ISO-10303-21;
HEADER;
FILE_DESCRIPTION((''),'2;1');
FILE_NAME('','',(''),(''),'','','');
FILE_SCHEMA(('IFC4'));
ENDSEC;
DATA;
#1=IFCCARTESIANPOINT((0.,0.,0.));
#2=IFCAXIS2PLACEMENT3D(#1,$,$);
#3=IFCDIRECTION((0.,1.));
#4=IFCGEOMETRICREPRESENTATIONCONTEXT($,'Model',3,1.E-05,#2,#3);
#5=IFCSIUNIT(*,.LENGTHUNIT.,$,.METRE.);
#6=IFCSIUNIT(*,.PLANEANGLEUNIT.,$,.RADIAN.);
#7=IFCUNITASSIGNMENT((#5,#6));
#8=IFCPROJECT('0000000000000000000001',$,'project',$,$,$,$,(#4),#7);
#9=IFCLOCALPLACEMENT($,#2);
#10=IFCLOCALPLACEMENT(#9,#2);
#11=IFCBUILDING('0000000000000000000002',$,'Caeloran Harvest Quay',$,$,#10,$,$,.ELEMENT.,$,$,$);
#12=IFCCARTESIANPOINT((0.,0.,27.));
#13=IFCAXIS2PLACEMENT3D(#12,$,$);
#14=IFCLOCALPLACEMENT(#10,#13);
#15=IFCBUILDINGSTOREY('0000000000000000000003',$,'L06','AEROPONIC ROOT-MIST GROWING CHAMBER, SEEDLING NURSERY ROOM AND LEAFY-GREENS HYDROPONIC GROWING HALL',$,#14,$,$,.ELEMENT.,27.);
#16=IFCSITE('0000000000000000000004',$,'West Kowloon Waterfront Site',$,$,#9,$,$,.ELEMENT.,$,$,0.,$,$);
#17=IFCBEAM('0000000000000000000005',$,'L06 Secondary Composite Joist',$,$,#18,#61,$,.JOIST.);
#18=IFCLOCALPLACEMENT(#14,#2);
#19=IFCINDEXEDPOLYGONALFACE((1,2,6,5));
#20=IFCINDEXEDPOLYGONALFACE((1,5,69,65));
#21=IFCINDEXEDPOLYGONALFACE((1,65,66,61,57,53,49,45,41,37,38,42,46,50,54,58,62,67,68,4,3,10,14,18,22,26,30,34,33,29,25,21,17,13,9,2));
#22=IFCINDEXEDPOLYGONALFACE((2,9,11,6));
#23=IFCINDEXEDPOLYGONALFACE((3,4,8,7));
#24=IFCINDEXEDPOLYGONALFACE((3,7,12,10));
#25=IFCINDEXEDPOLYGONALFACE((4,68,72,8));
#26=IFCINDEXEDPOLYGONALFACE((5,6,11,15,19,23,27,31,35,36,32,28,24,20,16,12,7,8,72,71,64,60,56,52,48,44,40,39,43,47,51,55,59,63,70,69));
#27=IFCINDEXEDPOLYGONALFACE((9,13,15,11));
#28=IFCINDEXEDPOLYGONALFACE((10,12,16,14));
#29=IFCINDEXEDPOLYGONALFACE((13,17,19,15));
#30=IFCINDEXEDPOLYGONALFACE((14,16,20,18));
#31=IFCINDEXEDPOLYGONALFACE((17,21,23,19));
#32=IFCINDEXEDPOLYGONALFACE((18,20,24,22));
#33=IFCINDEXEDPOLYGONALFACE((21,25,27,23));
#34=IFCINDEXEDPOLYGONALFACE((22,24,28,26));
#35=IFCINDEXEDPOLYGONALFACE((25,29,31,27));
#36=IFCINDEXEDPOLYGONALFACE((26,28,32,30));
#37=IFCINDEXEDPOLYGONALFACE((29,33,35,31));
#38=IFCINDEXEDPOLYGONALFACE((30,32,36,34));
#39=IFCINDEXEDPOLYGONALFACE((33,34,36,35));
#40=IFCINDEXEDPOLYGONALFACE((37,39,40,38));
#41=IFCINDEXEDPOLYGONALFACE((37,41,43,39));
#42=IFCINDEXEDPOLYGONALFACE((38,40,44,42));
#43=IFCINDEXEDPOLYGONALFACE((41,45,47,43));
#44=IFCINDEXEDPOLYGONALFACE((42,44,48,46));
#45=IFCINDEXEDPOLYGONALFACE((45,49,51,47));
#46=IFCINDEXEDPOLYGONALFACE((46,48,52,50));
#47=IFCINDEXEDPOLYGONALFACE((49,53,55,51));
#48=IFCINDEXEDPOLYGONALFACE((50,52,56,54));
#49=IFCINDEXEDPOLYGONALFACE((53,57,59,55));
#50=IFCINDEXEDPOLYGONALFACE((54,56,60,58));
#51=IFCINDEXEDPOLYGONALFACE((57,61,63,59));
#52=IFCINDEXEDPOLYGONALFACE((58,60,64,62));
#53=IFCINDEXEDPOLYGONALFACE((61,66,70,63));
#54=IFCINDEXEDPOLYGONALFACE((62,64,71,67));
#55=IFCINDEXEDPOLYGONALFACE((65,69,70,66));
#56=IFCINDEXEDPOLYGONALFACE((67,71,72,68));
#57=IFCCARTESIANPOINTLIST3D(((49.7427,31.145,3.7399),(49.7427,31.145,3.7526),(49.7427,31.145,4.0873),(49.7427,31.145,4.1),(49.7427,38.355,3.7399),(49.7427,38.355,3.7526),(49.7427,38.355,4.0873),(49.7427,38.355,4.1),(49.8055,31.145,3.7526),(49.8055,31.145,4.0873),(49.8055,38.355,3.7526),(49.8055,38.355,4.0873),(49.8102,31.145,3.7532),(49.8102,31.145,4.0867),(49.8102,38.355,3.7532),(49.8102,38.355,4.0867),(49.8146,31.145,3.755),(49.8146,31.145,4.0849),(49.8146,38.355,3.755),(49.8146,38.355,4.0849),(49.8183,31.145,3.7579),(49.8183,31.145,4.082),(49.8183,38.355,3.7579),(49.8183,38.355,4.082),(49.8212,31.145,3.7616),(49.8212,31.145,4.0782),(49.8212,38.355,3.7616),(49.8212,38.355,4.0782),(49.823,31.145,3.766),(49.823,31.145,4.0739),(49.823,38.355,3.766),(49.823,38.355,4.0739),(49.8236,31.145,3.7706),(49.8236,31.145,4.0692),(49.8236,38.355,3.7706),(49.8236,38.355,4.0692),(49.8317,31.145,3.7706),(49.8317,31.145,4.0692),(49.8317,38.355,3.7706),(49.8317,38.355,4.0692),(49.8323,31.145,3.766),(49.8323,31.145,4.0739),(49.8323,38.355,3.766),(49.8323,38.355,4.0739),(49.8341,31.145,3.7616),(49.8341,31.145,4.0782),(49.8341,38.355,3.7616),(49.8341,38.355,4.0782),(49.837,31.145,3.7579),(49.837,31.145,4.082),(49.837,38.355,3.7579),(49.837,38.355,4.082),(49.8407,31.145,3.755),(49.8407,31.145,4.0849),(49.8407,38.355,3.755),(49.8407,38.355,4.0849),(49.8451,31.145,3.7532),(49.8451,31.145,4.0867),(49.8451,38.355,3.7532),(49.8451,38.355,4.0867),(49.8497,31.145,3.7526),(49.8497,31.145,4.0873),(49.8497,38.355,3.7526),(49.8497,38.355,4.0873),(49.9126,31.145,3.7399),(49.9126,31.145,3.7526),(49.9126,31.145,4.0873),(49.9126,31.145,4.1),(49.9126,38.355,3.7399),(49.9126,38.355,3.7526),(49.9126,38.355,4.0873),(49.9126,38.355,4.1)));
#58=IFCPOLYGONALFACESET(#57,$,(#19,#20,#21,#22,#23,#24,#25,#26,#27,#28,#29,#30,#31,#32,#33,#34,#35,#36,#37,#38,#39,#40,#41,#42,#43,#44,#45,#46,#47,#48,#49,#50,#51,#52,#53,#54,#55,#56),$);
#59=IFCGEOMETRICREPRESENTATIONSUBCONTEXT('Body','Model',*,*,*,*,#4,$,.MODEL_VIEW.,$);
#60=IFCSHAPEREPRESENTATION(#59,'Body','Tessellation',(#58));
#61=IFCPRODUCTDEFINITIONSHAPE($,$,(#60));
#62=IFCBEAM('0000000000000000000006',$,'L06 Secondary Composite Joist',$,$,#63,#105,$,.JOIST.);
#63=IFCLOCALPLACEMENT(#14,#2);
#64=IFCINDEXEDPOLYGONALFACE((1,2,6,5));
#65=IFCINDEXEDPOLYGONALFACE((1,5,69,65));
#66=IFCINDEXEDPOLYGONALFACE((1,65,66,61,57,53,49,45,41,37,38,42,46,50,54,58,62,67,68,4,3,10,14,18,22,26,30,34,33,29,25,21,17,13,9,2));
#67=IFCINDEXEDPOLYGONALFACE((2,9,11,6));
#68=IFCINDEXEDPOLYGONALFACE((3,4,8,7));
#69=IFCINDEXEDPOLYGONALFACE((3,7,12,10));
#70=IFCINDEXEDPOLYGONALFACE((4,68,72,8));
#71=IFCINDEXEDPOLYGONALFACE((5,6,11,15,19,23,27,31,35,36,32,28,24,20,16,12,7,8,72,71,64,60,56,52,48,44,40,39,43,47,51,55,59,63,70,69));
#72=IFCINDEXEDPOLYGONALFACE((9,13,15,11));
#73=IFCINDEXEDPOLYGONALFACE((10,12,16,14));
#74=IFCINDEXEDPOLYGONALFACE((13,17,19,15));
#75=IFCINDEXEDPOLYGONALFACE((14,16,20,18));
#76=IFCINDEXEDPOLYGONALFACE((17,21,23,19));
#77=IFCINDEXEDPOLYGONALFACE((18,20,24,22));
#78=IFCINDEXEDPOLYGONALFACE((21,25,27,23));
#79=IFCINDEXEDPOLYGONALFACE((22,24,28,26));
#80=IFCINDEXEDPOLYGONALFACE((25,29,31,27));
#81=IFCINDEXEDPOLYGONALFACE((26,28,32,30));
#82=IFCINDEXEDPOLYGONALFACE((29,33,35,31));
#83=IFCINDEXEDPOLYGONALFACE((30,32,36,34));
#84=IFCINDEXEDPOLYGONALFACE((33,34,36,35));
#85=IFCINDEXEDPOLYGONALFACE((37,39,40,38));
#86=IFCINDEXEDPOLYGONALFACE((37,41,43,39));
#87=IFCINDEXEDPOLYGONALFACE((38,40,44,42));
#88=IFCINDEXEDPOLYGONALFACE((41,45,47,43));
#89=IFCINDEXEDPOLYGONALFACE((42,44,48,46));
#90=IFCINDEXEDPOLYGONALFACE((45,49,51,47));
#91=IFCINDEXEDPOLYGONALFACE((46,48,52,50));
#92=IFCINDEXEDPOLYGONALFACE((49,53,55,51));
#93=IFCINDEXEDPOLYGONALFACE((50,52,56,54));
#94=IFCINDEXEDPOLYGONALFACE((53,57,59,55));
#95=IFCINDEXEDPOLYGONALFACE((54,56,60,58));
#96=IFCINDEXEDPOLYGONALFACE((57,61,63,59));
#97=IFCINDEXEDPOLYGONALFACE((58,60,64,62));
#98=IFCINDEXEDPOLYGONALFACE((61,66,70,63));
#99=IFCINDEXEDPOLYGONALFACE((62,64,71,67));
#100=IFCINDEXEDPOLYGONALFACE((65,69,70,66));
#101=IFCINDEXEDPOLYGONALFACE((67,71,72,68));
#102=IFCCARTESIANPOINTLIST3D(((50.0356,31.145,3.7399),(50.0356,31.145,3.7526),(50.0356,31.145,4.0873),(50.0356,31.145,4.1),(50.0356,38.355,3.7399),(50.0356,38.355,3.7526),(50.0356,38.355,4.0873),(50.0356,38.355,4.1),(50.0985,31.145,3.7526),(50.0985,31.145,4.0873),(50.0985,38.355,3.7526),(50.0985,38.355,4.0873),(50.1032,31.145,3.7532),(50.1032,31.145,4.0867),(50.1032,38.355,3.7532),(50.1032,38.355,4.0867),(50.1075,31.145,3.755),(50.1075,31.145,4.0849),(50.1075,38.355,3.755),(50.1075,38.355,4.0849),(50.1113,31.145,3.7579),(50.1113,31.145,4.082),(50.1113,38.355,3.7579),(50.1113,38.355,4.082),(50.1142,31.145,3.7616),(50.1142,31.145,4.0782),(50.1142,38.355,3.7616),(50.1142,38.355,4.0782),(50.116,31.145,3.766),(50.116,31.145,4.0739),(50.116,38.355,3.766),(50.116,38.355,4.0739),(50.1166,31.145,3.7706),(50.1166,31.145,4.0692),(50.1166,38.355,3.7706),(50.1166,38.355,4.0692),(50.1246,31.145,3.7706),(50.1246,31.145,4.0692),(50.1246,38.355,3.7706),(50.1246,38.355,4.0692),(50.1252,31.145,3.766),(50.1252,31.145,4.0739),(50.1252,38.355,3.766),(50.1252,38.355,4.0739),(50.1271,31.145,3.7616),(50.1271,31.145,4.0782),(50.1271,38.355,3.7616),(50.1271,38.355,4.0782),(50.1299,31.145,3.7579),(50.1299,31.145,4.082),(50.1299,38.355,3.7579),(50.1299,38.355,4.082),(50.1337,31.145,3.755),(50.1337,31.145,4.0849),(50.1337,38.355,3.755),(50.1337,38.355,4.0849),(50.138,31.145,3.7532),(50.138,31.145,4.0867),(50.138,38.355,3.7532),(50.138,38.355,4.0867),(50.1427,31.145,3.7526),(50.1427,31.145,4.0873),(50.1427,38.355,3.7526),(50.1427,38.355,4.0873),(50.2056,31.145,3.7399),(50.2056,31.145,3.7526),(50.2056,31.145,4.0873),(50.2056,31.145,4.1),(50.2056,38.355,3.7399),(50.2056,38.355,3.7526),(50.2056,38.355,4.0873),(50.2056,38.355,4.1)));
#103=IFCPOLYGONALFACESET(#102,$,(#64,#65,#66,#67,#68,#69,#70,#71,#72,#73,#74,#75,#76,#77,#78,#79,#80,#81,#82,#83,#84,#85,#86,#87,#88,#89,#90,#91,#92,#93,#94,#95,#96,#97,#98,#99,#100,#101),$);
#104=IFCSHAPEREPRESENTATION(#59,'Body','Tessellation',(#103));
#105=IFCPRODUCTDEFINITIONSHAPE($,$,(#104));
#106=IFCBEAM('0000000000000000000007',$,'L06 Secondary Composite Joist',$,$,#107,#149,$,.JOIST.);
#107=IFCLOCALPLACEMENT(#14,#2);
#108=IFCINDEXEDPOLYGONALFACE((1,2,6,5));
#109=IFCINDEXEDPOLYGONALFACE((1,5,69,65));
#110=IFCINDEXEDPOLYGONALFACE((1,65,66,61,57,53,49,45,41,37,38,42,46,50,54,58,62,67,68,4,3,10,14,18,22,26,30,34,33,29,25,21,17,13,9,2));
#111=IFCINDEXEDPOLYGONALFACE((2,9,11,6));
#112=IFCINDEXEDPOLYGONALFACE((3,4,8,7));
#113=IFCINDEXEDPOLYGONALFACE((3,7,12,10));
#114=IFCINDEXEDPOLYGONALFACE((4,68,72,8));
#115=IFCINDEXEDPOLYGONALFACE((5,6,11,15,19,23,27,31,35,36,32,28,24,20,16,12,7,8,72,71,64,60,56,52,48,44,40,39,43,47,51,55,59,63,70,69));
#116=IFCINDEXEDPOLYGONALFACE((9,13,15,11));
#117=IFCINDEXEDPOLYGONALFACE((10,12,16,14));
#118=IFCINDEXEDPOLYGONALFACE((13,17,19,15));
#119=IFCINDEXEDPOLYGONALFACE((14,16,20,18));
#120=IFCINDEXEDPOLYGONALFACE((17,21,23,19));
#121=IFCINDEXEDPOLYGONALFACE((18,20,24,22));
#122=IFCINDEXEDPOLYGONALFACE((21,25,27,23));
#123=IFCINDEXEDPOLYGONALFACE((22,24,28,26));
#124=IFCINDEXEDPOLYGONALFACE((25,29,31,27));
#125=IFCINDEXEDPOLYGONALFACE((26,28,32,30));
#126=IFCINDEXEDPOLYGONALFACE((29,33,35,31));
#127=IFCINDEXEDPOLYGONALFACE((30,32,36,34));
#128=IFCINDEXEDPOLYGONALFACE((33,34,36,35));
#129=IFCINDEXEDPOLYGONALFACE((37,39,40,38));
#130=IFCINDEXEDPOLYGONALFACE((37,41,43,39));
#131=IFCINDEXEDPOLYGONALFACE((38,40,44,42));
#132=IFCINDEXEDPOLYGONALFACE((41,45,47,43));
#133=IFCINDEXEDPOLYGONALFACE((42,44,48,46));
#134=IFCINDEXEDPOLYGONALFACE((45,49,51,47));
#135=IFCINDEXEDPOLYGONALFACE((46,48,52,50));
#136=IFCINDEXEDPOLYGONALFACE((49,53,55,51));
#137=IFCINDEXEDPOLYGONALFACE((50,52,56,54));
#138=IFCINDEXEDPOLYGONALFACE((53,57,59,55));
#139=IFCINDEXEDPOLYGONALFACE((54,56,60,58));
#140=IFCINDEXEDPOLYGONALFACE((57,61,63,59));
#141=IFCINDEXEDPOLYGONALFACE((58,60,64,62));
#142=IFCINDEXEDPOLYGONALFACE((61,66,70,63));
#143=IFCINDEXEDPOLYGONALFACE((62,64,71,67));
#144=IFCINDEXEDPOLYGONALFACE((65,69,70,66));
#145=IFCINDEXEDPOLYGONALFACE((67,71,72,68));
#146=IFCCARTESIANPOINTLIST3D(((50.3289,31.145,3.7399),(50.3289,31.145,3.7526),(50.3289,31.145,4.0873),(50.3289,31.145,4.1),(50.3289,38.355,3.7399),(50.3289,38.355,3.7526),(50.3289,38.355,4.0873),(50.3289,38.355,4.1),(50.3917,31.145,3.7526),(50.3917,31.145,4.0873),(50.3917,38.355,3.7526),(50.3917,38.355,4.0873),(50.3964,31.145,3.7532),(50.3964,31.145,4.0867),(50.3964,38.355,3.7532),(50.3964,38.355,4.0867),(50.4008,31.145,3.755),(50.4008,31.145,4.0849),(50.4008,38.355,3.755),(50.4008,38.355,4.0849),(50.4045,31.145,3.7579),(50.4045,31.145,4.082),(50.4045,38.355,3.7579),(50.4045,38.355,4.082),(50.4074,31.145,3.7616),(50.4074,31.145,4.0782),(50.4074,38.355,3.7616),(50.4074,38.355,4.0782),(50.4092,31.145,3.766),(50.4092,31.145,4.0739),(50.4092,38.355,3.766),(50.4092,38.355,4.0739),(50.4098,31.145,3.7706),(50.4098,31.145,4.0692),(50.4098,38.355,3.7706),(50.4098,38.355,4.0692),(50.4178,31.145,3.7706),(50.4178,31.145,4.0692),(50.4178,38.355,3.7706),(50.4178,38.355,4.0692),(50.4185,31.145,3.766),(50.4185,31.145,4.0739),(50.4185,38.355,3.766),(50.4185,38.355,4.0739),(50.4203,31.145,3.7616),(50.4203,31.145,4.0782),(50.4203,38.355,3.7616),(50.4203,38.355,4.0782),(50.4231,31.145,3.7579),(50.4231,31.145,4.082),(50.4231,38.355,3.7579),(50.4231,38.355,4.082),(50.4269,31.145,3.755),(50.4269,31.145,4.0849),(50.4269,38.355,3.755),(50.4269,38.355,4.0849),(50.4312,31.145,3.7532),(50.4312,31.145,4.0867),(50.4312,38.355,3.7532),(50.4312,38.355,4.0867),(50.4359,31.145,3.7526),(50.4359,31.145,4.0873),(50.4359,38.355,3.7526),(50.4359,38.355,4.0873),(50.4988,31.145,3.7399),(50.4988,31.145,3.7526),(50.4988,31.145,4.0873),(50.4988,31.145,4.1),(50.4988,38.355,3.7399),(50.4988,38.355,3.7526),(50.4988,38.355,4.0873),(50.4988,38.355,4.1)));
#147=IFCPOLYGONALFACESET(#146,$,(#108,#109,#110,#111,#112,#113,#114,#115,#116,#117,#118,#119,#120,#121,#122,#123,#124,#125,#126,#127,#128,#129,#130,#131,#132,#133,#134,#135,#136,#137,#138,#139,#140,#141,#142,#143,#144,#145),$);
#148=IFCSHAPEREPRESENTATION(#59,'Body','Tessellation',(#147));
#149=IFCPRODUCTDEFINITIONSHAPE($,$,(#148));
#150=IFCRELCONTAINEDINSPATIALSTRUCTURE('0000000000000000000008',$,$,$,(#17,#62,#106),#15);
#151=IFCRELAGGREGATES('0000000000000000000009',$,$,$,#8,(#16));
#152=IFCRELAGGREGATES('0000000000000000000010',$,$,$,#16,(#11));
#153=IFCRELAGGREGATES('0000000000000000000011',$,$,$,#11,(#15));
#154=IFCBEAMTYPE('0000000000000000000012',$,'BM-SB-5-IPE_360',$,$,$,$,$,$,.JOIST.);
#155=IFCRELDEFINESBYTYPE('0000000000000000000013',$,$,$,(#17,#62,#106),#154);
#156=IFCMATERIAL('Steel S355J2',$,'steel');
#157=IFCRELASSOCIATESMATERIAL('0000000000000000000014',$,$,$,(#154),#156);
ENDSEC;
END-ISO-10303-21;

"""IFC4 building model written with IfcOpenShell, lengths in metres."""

from ifc_helpers import new_model, si_unit, direction, frame, origin, origin_2d, place, context, subcontext, project, spatial, i_section, extrude, material, material_profile, profile_set, type_object, element, save


model = new_model("IFC4")

# Units and contexts
model_context = context("Model", 3, precision=1e-05, world=origin(), true_north=direction((0.0, 1.0)))
body_context = subcontext(model_context, "Body", "Model", "MODEL_VIEW")
ifc_project = project(units=[si_unit("LENGTHUNIT", "METRE"), si_unit("PLANEANGLEUNIT", "RADIAN")], contexts=[model_context])

# Site, building, storey
site_placement = place(None, origin())
site = spatial("IfcSite", under=ifc_project, at=site_placement, Name="West Kowloon Waterfront Site", CompositionType="ELEMENT", RefElevation=0.0)
building_placement = place(site_placement, origin())
building = spatial("IfcBuilding", under=site, at=building_placement, Name="Caeloran Harvest Quay", CompositionType="ELEMENT")
storey_placement = place(building_placement, frame((0.0, 0.0, 27.0)))
storey = spatial("IfcBuildingStorey", under=building, at=storey_placement, Name="L06", Description="AEROPONIC ROOT-MIST GROWING CHAMBER, SEEDLING NURSERY ROOM AND LEAFY-GREENS HYDROPONIC GROWING HALL", CompositionType="ELEMENT", Elevation=27.0)

# Beams
ifc_material_1 = material(Name="Steel S355J2", Category="steel")
ifc_material_profile_1 = material_profile(ifc_material_1, i_section(OverallWidth=0.1699, OverallDepth=0.3601, WebThickness=0.0081, FlangeThickness=0.0127, FilletRadius=0.0181, at=origin_2d()), Name="IPE 360")
ifc_profile_set_1 = profile_set([ifc_material_profile_1], Name="Steel S355J2")
beam_type_1 = type_object("IfcBeamType", Name="BM-SB-5-IPE_360", PredefinedType="JOIST", material=ifc_profile_set_1)
for number, where, z_axis, x_axis, name in (
    (1, (49.8276, 31.145, 3.9199), (0.0, 1.0, 0.0), (-1.0, 0.0, 0.0), "L06 Secondary Composite Joist"),
    (2, (50.1206, 31.145, 3.9199), (0.0, 1.0, 0.0), (-1.0, 0.0, 0.0), "L06 Secondary Composite Joist"),
    (3, (50.4138, 31.145, 3.9199), (0.0, 1.0, 0.0), (-1.0, 0.0, 0.0), "L06 Secondary Composite Joist"),
):
    element("IfcBeam", number, at=place(storey_placement, frame(where, z_axis=z_axis, x_axis=x_axis)), inside=storey, type_object=beam_type_1, Name=name, PredefinedType="JOIST", context=body_context, shape_type="SweptSolid", body=[
        extrude(i_section(OverallWidth=0.1699, OverallDepth=0.3601, WebThickness=0.0081, FlangeThickness=0.0127, FilletRadius=0.0181, at=origin_2d()), origin(), (0.0, 0.0, 1.0), 7.21),
    ])

save(model, "model.ifc")
